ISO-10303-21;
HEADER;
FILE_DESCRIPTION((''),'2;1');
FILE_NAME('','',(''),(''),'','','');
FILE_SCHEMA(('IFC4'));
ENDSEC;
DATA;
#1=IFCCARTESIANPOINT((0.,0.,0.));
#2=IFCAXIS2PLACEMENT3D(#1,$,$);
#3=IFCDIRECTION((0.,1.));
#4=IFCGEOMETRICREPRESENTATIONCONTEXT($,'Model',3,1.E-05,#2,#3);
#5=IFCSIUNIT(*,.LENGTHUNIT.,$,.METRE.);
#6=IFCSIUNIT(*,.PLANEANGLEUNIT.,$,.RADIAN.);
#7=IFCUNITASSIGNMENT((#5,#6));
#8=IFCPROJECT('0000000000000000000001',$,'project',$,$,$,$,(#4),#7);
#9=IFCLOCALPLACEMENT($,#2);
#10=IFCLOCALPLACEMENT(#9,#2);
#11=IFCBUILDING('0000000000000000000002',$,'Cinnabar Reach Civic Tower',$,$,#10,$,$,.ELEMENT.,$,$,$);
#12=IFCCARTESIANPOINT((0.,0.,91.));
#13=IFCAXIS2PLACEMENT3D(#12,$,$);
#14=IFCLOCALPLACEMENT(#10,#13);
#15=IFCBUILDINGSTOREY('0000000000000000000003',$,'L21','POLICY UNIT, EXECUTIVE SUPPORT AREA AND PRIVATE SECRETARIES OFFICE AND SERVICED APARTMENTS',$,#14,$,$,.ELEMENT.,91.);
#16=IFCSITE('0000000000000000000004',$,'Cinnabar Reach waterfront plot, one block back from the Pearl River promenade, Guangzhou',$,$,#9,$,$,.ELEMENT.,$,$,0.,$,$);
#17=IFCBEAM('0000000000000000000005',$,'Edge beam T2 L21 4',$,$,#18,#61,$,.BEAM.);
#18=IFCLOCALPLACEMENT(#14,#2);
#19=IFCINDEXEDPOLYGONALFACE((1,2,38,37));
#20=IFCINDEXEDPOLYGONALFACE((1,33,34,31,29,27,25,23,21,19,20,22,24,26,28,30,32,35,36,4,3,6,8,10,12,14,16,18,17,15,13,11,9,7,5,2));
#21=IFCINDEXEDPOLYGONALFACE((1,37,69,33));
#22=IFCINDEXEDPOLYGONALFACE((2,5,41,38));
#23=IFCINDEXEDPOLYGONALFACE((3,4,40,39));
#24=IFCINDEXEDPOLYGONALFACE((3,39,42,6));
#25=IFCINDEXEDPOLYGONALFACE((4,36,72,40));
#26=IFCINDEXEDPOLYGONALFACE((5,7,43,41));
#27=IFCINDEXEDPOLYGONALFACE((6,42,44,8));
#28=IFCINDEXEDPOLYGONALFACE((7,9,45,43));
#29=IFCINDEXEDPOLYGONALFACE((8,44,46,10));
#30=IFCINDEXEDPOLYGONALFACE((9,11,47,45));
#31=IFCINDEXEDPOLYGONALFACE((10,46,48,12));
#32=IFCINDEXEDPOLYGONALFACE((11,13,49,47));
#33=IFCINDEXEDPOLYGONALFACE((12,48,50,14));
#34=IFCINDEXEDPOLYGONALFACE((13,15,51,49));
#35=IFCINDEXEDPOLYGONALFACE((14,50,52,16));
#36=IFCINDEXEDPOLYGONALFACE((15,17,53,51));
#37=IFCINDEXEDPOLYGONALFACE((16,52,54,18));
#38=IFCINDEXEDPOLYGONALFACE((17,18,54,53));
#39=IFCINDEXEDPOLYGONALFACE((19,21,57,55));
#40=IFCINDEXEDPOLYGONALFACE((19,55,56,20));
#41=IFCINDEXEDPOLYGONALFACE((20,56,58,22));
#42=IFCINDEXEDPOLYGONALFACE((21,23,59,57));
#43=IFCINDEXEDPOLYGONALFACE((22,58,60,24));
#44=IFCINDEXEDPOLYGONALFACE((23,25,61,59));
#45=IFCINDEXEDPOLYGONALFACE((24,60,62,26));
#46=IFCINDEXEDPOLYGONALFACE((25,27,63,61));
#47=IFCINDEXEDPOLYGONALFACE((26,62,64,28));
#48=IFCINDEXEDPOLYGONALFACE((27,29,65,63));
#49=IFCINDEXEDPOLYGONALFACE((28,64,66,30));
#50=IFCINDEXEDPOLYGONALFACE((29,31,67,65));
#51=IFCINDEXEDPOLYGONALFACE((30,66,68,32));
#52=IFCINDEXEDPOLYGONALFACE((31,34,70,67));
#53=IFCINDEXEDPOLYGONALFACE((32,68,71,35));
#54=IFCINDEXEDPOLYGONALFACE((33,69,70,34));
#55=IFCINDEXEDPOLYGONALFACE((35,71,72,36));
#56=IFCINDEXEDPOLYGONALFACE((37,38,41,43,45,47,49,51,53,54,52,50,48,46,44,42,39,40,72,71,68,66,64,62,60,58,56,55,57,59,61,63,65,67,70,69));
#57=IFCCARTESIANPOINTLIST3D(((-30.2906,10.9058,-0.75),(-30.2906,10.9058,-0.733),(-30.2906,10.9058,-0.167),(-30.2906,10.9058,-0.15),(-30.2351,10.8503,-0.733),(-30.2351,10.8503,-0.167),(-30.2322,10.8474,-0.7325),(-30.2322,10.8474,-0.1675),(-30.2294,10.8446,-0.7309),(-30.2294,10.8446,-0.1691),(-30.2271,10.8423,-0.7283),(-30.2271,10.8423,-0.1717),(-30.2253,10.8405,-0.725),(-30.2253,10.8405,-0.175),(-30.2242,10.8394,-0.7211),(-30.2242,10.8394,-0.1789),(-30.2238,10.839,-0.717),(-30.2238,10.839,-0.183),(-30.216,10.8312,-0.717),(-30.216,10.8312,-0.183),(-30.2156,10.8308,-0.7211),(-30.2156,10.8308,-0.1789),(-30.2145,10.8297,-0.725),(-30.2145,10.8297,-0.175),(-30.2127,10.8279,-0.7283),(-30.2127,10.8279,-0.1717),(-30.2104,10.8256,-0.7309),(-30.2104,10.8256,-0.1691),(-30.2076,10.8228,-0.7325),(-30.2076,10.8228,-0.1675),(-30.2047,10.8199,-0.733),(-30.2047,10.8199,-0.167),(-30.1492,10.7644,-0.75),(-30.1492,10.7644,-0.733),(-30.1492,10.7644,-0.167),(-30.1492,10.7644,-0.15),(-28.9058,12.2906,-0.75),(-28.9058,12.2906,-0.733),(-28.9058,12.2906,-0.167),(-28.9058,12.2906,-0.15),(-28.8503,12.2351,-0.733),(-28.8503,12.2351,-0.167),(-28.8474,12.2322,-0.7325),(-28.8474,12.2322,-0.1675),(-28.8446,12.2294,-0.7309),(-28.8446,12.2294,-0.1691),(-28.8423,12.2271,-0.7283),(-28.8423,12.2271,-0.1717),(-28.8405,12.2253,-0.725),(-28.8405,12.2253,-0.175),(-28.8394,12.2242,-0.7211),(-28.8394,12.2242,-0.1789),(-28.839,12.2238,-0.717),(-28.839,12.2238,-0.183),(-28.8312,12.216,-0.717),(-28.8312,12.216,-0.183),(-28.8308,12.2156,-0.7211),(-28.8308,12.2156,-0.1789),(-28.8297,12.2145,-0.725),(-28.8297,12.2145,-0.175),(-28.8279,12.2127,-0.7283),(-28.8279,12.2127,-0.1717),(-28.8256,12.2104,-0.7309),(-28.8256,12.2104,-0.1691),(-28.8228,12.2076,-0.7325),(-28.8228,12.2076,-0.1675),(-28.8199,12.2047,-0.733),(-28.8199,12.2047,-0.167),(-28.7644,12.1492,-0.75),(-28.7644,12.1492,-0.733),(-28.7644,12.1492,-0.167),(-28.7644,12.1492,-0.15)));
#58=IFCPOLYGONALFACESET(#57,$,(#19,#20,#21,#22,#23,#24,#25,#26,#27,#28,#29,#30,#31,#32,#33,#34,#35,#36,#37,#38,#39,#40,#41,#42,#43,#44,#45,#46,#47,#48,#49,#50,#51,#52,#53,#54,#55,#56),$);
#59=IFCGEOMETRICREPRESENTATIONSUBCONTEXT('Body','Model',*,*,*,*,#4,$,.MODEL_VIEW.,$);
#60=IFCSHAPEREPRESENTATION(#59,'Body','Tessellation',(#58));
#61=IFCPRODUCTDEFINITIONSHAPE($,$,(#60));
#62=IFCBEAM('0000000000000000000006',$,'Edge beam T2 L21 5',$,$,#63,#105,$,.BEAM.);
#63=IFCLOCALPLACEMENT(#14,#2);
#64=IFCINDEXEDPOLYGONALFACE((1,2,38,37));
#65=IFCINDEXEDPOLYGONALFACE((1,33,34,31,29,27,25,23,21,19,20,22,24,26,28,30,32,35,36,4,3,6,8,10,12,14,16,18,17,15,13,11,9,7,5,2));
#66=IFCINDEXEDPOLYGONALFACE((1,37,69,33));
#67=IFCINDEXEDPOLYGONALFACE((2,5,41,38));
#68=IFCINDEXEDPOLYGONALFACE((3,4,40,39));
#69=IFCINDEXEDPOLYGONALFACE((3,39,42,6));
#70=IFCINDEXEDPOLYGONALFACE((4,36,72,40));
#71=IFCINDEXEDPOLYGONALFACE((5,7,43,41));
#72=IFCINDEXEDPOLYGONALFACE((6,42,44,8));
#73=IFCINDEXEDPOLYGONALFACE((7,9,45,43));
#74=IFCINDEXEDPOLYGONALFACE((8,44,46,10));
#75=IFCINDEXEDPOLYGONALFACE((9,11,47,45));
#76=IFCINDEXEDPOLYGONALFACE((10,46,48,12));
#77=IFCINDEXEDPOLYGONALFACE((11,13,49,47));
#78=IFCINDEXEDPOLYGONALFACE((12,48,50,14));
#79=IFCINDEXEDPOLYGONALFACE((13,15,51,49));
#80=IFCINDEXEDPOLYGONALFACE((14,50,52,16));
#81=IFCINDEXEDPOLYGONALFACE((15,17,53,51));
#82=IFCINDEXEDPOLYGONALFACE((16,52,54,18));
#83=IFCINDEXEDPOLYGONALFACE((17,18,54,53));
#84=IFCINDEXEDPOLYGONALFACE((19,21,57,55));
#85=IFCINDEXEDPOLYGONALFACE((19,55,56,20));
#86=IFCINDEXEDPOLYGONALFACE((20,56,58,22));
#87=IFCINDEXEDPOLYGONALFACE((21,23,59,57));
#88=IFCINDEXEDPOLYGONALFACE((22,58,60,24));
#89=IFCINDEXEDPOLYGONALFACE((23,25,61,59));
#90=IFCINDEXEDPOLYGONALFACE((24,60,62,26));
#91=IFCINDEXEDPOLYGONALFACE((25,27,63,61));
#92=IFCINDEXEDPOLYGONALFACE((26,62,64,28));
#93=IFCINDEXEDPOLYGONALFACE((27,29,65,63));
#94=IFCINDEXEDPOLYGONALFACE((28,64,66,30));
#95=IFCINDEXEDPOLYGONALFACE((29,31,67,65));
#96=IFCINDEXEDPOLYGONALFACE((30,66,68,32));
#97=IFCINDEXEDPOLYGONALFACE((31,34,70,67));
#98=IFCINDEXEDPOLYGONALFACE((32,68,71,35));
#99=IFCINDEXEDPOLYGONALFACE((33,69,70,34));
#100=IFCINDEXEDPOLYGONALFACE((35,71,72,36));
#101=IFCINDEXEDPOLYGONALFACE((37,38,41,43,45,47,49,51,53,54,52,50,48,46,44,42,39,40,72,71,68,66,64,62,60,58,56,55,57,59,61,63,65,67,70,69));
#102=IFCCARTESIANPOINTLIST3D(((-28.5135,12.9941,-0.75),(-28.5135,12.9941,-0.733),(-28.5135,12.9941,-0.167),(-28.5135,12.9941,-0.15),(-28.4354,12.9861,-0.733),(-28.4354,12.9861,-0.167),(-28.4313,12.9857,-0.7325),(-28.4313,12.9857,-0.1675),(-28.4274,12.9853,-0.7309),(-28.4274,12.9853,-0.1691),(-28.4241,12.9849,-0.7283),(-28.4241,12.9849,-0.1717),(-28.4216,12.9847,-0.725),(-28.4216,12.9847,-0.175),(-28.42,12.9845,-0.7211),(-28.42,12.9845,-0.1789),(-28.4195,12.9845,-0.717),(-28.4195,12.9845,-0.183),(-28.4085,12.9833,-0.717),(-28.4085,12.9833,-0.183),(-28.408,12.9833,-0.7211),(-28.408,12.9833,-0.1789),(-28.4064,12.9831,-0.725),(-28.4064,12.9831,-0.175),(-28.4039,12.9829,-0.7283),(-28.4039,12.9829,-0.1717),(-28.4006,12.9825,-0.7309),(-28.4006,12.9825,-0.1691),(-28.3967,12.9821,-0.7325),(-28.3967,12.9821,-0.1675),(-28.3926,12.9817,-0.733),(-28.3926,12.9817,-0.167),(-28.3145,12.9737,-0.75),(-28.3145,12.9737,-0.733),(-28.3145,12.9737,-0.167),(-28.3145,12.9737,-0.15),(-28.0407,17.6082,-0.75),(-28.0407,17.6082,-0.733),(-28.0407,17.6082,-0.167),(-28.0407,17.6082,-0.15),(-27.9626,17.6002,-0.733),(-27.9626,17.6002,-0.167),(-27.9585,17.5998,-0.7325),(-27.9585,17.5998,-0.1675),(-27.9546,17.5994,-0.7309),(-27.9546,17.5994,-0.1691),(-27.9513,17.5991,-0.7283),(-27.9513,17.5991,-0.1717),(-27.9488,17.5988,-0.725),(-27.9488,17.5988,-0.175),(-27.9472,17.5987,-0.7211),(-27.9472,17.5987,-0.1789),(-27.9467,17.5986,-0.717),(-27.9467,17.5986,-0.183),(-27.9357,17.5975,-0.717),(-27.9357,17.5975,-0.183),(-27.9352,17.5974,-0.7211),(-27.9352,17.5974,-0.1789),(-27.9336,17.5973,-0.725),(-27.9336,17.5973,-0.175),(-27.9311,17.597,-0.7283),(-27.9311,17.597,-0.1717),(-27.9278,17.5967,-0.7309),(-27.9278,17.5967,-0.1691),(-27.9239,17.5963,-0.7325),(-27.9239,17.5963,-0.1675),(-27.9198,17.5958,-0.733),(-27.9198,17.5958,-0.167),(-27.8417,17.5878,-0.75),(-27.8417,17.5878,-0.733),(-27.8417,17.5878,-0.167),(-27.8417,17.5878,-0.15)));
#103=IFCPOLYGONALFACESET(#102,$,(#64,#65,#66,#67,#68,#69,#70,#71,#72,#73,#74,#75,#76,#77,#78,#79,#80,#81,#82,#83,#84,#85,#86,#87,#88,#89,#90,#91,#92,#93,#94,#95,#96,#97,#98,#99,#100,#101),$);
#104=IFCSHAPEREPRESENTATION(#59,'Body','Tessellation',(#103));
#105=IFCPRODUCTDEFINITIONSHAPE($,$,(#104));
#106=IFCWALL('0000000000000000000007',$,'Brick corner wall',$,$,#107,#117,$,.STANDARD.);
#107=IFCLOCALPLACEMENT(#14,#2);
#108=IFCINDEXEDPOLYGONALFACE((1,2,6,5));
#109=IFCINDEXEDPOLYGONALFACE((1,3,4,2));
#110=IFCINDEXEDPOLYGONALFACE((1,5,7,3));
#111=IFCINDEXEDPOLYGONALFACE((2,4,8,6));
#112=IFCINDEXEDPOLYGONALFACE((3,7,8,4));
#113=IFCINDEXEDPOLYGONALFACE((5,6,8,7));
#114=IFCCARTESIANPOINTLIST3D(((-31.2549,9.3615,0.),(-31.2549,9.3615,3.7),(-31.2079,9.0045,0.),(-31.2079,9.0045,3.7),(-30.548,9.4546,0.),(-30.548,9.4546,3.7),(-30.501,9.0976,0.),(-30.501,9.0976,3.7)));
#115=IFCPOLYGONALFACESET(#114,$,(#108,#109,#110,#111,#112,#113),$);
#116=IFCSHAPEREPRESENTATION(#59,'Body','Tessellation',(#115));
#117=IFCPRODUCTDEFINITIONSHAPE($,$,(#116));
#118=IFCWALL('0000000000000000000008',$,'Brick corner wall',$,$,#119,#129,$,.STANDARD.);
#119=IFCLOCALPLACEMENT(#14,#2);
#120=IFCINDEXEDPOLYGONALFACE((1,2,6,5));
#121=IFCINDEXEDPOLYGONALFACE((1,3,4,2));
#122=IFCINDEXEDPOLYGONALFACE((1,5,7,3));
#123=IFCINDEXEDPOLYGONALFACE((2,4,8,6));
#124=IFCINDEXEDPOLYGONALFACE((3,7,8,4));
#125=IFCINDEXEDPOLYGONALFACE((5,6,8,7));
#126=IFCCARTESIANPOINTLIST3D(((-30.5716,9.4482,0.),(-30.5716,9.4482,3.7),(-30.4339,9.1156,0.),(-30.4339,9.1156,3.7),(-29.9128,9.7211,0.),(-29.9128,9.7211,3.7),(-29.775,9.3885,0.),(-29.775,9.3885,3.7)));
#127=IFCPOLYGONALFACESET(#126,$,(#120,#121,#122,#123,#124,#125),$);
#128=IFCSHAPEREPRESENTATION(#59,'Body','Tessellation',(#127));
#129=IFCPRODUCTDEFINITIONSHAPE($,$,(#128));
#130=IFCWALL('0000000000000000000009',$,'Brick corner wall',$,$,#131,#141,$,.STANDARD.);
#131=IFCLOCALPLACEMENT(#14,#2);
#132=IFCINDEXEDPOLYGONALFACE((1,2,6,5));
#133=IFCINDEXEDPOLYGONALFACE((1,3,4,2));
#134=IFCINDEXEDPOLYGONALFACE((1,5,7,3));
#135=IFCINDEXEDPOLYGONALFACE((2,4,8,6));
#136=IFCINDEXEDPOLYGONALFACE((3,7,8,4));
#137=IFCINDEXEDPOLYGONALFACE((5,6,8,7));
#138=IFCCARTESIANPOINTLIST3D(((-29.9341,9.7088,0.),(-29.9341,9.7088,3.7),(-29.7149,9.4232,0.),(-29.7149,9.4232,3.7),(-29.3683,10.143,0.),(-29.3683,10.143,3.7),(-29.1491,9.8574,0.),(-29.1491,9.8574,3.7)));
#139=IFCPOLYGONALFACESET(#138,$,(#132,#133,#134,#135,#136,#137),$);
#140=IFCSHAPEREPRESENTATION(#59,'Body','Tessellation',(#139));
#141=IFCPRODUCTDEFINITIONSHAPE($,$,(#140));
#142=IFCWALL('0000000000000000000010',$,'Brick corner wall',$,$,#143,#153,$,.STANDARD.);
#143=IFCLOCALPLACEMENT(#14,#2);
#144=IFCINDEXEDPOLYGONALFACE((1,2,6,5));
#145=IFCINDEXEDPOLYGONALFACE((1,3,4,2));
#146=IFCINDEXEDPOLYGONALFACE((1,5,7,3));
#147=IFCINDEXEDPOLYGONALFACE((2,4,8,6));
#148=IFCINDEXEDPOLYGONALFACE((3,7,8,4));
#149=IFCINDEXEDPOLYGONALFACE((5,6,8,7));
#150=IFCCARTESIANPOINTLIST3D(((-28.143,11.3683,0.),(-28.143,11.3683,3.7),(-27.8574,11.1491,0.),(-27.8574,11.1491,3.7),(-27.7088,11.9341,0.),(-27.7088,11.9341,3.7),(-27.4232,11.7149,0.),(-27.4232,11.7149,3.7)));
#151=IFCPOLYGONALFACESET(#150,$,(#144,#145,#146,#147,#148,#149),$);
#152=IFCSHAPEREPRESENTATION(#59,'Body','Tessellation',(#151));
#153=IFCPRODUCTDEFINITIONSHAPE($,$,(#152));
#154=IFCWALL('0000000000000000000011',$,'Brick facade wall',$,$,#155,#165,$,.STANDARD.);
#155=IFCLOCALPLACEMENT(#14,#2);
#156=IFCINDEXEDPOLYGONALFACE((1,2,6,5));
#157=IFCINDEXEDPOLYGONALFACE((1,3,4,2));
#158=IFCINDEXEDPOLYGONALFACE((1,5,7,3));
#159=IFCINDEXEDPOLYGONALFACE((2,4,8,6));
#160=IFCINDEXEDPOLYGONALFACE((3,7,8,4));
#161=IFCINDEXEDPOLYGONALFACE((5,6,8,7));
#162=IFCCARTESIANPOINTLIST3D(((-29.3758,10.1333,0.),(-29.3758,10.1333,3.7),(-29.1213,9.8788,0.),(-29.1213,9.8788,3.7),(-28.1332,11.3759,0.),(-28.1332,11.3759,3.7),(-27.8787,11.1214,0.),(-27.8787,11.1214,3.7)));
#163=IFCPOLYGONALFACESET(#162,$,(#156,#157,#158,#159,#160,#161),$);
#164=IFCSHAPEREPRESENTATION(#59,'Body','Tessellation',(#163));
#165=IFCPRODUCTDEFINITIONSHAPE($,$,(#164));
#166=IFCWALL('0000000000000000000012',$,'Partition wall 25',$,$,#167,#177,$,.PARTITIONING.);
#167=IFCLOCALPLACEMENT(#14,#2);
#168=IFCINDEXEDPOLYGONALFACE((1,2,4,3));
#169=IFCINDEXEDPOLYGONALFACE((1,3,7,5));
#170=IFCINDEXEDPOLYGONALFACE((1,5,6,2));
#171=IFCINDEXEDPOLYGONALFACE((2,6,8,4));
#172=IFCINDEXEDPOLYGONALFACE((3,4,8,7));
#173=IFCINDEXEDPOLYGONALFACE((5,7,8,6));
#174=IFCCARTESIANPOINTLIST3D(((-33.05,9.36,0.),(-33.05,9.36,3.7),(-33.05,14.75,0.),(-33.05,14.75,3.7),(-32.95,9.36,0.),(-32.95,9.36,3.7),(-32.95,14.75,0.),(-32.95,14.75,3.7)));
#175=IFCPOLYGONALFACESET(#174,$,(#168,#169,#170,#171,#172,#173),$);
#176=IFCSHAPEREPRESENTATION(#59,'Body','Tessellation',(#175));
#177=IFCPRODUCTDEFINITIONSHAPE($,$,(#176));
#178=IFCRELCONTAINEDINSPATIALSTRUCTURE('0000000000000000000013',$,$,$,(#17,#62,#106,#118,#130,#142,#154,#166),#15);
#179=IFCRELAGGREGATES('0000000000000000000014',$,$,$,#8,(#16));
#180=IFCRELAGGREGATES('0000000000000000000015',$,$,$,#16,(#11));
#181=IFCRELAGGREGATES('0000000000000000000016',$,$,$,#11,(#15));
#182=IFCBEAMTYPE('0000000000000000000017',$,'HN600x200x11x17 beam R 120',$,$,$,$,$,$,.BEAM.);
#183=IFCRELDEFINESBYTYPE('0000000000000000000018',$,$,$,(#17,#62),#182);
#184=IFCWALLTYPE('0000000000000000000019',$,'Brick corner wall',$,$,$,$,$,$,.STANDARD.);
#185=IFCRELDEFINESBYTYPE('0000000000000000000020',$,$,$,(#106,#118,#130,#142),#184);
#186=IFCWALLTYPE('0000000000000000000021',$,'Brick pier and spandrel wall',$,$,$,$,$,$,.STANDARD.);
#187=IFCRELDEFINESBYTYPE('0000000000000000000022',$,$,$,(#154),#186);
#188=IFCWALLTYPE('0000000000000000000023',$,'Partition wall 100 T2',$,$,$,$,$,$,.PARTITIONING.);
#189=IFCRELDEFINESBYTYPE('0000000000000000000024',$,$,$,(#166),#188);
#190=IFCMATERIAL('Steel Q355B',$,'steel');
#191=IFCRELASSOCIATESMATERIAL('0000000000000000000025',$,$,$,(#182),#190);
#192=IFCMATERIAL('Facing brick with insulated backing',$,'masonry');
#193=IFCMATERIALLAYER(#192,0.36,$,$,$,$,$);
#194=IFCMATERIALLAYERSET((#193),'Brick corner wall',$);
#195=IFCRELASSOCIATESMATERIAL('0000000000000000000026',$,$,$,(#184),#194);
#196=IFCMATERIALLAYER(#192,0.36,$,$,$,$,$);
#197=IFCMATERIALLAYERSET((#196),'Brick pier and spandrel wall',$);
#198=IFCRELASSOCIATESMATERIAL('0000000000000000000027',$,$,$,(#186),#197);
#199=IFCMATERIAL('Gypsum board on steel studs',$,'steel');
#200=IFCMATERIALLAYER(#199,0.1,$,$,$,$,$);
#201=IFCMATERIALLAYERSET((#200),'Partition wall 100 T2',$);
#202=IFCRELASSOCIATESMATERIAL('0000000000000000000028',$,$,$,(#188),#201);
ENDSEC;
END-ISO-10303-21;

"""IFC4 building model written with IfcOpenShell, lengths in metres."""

from ifc_helpers import new_model, si_unit, direction, frame, frame_2d, origin, origin_2d, place, context, subcontext, project, spatial, rectangle, i_section, extrude, material, layer, layer_set, material_profile, profile_set, type_object, element, save


model = new_model("IFC4")

# Units and contexts
model_context = context("Model", 3, precision=1e-05, world=origin(), true_north=direction((0.0, 1.0)))
body_context = subcontext(model_context, "Body", "Model", "MODEL_VIEW")
ifc_project = project(units=[si_unit("LENGTHUNIT", "METRE"), si_unit("PLANEANGLEUNIT", "RADIAN")], contexts=[model_context])

# Site, building, storey
site_placement = place(None, origin())
site = spatial("IfcSite", under=ifc_project, at=site_placement, Name="Cinnabar Reach waterfront plot, one block back from the Pearl River promenade, Guangzhou", CompositionType="ELEMENT", RefElevation=0.0)
building_placement = place(site_placement, origin())
building = spatial("IfcBuilding", under=site, at=building_placement, Name="Cinnabar Reach Civic Tower", CompositionType="ELEMENT")
storey_placement = place(building_placement, frame((0.0, 0.0, 91.0)))
storey = spatial("IfcBuildingStorey", under=building, at=storey_placement, Name="L21", Description="POLICY UNIT, EXECUTIVE SUPPORT AREA AND PRIVATE SECRETARIES OFFICE AND SERVICED APARTMENTS", CompositionType="ELEMENT", Elevation=91.0)

# Beams
ifc_material_1 = material(Name="Steel Q355B", Category="steel")
ifc_material_profile_1 = material_profile(ifc_material_1, i_section(OverallWidth=0.2, OverallDepth=0.6, WebThickness=0.011, FlangeThickness=0.017, FilletRadius=0.016, at=origin_2d()), Name="HN600x200x11x17")
ifc_profile_set_1 = profile_set([ifc_material_profile_1], Name="Steel Q355B")
beam_type_1 = type_object("IfcBeamType", Name="HN600x200x11x17 beam R 120", PredefinedType="BEAM", material=ifc_profile_set_1)
beam_1_placement = place(storey_placement, frame((-30.2199, 10.8351, -0.45), z_axis=(0.707107, 0.707107, 0.0), x_axis=(-0.707107, 0.707107, 0.0)))
element("IfcBeam", 1, at=beam_1_placement, inside=storey, type_object=beam_type_1, Name="Edge beam T2 L21 4", PredefinedType="BEAM", context=body_context, shape_type="SweptSolid", body=[
    extrude(i_section(OverallWidth=0.2, OverallDepth=0.6, WebThickness=0.011, FlangeThickness=0.017, FilletRadius=0.016, at=origin_2d()), origin(), (0.0, 0.0, 1.0), 1.9584),
])
beam_2_placement = place(storey_placement, frame((-28.414, 12.9839, -0.45), z_axis=(0.101935, 0.994791, 0.0), x_axis=(-0.994791, 0.101935, 0.0)))
element("IfcBeam", 2, at=beam_2_placement, inside=storey, type_object=beam_type_1, Name="Edge beam T2 L21 5", PredefinedType="BEAM", context=body_context, shape_type="SweptSolid", body=[
    extrude(i_section(OverallWidth=0.2, OverallDepth=0.6, WebThickness=0.011, FlangeThickness=0.017, FilletRadius=0.016, at=origin_2d()), origin(), (0.0, 0.0, 1.0), 4.6383),
])

# Walls
ifc_material_2 = material(Name="Facing brick with insulated backing", Category="masonry")
ifc_layer_1 = layer(ifc_material_2, 0.36)
ifc_layer_set_1 = layer_set([ifc_layer_1], Name="Brick corner wall")
wall_type_1 = type_object("IfcWallType", Name="Brick corner wall", PredefinedType="STANDARD", material=ifc_layer_set_1)
for number, where, z_axis, x_axis, name in (
    (3, (-31.2314, 9.183, 0.0), (0.0, 0.0, 1.0), (0.991441, 0.130556, 0.0), "Brick corner wall"),
    (4, (-30.5027, 9.2819, 0.0), (0.0, 0.0, 1.0), (0.923872, 0.382703, 0.0), "Brick corner wall"),
):
    element("IfcWall", number, at=place(storey_placement, frame(where, z_axis=z_axis, x_axis=x_axis)), inside=storey, type_object=wall_type_1, Name=name, PredefinedType="STANDARD", context=body_context, shape_type="SweptSolid", body=[
        extrude(rectangle(XDim=0.7131, YDim=0.36, at=frame_2d((0.3565, 0.0))), origin(), (0.0, 0.0, 1.0), 3.7),
    ])
for number, where, z_axis, x_axis, name in (
    (5, (-29.8245, 9.566, 0.0), (0.0, 0.0, 1.0), (0.793322, 0.608802, 0.0), "Brick corner wall"),
    (6, (-28.0002, 11.2587, 0.0), (0.0, 0.0, 1.0), (0.608802, 0.793322, 0.0), "Brick corner wall"),
):
    element("IfcWall", number, at=place(storey_placement, frame(where, z_axis=z_axis, x_axis=x_axis)), inside=storey, type_object=wall_type_1, Name=name, PredefinedType="STANDARD", context=body_context, shape_type="SweptSolid", body=[
        extrude(rectangle(XDim=0.7132, YDim=0.36, at=frame_2d((0.3566, 0.0))), origin(), (0.0, 0.0, 1.0), 3.7),
    ])
ifc_layer_2 = layer(ifc_material_2, 0.36)
ifc_layer_set_2 = layer_set([ifc_layer_2], Name="Brick pier and spandrel wall")
wall_type_2 = type_object("IfcWallType", Name="Brick pier and spandrel wall", PredefinedType="STANDARD", material=ifc_layer_set_2)
wall_1_placement = place(storey_placement, frame((-29.2486, 10.006, 0.0), z_axis=(0.0, 0.0, 1.0), x_axis=(0.707107, 0.707107, 0.0)))
element("IfcWall", 7, at=wall_1_placement, inside=storey, type_object=wall_type_2, Name="Brick facade wall", PredefinedType="STANDARD", context=body_context, shape_type="SweptSolid", body=[
    extrude(rectangle(XDim=1.7573, YDim=0.36, at=frame_2d((0.8787, 0.0))), origin(), (0.0, 0.0, 1.0), 3.7),
])
ifc_material_3 = material(Name="Gypsum board on steel studs", Category="steel")
ifc_layer_3 = layer(ifc_material_3, 0.1)
ifc_layer_set_3 = layer_set([ifc_layer_3], Name="Partition wall 100 T2")
wall_type_3 = type_object("IfcWallType", Name="Partition wall 100 T2", PredefinedType="PARTITIONING", material=ifc_layer_set_3)
wall_2_placement = place(storey_placement, frame((-33.0, 9.36, 0.0), z_axis=(0.0, 0.0, 1.0), x_axis=(0.0, 1.0, 0.0)))
element("IfcWall", 8, at=wall_2_placement, inside=storey, type_object=wall_type_3, Name="Partition wall 25", PredefinedType="PARTITIONING", context=body_context, shape_type="SweptSolid", body=[
    extrude(rectangle(XDim=5.39, YDim=0.1, at=frame_2d((2.695, 0.0))), origin(), (0.0, 0.0, 1.0), 3.7),
])

save(model, "model.ifc")
